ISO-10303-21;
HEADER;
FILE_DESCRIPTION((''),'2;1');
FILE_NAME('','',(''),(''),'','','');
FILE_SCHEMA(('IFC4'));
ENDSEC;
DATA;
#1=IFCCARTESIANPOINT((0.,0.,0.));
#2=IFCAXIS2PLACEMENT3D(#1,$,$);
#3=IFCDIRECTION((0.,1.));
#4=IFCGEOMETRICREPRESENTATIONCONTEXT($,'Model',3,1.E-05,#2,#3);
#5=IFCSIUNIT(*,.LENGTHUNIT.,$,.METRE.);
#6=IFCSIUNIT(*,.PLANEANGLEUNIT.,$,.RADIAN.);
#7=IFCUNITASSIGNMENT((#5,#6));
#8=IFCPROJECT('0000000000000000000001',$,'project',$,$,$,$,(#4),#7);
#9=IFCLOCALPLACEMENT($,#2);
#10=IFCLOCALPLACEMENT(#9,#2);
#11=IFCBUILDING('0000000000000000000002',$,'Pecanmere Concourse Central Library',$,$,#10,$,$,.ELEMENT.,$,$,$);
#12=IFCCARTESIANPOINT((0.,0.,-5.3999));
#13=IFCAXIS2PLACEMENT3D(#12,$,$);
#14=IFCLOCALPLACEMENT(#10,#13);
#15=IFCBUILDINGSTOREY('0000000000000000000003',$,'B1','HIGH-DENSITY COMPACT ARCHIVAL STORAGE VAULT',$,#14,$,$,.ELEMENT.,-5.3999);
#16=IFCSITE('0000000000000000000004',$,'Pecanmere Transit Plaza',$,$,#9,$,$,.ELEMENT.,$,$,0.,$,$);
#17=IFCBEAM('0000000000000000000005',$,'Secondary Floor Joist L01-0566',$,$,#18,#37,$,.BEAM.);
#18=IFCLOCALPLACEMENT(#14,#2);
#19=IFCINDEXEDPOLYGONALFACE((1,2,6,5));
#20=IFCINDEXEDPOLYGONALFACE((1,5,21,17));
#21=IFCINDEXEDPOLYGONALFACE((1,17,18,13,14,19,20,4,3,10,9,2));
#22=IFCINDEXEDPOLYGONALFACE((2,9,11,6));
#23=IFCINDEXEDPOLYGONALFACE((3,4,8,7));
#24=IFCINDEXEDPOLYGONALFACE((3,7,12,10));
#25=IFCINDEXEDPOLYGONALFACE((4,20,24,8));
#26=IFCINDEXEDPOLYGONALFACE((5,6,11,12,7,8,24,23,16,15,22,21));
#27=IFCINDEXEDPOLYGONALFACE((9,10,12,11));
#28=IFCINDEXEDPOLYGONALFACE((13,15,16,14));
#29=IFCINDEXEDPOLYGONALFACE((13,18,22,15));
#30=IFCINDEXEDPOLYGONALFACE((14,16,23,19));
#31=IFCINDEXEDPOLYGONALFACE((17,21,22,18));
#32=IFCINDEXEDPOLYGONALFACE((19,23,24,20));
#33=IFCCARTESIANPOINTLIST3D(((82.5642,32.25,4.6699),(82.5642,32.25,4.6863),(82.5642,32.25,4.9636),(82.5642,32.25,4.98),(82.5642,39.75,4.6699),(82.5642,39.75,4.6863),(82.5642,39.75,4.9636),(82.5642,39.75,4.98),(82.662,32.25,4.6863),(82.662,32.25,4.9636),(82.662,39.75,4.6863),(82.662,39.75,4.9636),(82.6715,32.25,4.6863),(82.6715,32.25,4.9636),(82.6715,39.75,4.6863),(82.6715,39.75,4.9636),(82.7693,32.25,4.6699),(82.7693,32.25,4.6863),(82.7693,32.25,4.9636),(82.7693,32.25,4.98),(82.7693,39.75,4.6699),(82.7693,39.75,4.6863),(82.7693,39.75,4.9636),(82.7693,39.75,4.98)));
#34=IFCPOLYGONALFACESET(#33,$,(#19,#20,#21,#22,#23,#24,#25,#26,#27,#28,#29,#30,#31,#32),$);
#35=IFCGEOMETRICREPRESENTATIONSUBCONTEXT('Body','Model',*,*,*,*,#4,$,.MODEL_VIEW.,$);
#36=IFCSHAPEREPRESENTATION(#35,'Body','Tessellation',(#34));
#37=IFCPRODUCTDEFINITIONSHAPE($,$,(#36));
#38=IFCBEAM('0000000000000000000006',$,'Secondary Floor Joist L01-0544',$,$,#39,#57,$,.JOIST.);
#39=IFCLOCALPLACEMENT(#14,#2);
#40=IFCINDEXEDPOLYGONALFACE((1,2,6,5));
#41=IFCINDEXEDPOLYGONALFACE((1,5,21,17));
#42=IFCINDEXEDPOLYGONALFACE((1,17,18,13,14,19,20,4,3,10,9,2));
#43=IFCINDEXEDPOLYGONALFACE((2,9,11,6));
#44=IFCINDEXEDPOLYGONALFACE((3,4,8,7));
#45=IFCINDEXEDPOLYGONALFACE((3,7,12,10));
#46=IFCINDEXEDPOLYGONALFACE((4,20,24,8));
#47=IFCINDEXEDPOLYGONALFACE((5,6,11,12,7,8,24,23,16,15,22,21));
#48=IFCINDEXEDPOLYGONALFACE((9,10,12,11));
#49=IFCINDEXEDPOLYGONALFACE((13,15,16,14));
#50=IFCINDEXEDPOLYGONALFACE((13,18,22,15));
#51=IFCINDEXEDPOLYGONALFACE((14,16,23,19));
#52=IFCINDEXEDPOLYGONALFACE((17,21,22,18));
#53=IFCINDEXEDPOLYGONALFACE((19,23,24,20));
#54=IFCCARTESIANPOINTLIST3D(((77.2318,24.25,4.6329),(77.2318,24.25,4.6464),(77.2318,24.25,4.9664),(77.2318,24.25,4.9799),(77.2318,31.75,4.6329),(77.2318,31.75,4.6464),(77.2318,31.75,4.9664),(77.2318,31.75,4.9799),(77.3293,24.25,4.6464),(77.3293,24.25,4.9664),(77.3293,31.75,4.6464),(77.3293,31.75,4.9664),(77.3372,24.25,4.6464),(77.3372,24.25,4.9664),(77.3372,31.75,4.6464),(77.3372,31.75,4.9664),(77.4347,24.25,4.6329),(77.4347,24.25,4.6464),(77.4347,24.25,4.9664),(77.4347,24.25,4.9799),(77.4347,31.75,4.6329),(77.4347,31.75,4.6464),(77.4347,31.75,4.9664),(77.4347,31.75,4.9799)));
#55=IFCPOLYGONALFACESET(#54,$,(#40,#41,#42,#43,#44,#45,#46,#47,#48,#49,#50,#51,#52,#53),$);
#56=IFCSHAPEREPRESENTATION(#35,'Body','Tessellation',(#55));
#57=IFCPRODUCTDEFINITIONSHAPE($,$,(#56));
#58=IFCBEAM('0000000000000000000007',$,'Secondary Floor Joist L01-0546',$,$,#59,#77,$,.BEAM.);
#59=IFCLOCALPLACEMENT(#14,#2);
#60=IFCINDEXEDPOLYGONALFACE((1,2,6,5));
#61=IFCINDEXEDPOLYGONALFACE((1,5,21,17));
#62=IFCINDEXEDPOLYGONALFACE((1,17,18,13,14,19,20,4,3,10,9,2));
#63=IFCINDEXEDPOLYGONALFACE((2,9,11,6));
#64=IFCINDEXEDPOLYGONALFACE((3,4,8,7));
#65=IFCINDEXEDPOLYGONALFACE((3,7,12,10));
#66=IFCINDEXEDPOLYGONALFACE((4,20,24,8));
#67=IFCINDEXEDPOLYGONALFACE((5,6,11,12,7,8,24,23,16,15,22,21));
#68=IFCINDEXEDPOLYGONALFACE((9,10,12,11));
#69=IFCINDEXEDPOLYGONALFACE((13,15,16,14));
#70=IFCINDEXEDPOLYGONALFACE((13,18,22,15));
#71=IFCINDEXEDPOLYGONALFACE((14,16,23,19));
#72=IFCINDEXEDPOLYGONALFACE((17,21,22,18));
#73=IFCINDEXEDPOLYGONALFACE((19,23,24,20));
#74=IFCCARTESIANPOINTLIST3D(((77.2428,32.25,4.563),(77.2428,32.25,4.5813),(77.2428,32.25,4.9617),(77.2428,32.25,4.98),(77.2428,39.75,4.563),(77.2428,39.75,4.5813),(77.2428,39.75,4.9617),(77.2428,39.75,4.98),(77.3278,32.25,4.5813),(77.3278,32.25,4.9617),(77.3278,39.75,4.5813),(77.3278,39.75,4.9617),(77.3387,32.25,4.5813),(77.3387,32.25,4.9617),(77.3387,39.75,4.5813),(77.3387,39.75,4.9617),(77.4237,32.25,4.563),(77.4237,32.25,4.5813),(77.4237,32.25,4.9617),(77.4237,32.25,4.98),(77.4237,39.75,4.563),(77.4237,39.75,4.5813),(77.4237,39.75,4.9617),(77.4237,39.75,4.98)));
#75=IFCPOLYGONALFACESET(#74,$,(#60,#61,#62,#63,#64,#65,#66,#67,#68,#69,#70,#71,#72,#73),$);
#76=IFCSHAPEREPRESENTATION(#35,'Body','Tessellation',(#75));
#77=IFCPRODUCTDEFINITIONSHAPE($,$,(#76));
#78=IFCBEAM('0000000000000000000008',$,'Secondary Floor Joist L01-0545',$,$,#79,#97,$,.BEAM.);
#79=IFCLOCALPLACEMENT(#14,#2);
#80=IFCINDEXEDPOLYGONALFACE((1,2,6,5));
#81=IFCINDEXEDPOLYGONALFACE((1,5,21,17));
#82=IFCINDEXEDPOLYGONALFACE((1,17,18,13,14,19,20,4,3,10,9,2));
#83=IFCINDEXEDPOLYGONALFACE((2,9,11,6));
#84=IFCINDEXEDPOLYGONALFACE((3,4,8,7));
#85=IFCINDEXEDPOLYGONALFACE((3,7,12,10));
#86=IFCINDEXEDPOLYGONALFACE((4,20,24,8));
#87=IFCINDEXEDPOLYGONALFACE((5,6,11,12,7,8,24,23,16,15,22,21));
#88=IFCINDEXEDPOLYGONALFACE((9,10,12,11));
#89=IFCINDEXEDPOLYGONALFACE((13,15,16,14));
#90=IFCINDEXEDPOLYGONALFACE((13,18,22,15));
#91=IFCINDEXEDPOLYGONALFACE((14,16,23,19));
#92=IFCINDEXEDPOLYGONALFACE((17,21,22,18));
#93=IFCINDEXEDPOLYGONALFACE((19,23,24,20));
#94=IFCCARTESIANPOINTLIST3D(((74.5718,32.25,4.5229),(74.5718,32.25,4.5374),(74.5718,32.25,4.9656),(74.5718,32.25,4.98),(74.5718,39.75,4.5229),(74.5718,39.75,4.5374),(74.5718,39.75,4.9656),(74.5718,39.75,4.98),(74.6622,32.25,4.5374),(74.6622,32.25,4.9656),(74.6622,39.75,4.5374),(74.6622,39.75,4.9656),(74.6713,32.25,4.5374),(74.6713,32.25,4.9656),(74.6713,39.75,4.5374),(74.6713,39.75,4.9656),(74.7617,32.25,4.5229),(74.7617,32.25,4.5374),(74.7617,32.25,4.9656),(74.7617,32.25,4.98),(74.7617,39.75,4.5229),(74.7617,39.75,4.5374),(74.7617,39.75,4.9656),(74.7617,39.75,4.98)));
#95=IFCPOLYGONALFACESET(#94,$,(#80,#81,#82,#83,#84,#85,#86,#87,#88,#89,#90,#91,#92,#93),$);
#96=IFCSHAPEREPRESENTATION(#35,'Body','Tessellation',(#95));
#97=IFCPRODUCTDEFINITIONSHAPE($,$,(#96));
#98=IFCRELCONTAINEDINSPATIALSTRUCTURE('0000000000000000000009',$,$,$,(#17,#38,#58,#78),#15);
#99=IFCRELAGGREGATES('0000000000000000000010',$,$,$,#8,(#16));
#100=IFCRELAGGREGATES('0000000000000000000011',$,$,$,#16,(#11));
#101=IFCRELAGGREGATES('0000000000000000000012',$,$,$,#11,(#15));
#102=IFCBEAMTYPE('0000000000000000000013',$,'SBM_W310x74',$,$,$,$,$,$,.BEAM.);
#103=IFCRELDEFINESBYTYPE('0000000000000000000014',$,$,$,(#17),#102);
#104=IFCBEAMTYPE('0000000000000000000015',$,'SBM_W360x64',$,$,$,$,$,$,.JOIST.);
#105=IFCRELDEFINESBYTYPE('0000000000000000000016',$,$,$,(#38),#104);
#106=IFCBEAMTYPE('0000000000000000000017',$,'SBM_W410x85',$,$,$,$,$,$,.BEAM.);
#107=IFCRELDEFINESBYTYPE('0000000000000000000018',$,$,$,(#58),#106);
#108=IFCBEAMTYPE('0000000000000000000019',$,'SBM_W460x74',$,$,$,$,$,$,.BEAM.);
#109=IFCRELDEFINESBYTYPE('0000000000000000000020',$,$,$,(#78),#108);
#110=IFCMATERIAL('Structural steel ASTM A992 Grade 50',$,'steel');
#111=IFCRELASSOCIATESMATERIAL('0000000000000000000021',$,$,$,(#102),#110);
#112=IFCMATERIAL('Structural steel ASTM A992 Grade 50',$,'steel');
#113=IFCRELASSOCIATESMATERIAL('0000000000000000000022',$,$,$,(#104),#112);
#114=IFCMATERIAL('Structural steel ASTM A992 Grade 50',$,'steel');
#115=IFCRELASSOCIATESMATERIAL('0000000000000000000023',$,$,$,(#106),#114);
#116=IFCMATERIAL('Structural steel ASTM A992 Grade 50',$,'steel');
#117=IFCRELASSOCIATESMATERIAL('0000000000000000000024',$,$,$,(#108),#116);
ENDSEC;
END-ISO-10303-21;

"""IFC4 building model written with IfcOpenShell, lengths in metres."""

from ifc_helpers import new_model, si_unit, direction, frame, origin, origin_2d, place, context, subcontext, project, spatial, i_section, extrude, material, material_profile, profile_set, type_object, element, save


model = new_model("IFC4")

# Units and contexts
model_context = context("Model", 3, precision=1e-05, world=origin(), true_north=direction((0.0, 1.0)))
body_context = subcontext(model_context, "Body", "Model", "MODEL_VIEW")
ifc_project = project(units=[si_unit("LENGTHUNIT", "METRE"), si_unit("PLANEANGLEUNIT", "RADIAN")], contexts=[model_context])

# Site, building, storey
site_placement = place(None, origin())
site = spatial("IfcSite", under=ifc_project, at=site_placement, Name="Pecanmere Transit Plaza", CompositionType="ELEMENT", RefElevation=0.0)
building_placement = place(site_placement, origin())
building = spatial("IfcBuilding", under=site, at=building_placement, Name="Pecanmere Concourse Central Library", CompositionType="ELEMENT")
storey_placement = place(building_placement, frame((0.0, 0.0, -5.3999)))
storey = spatial("IfcBuildingStorey", under=building, at=storey_placement, Name="B1", Description="HIGH-DENSITY COMPACT ARCHIVAL STORAGE VAULT", CompositionType="ELEMENT", Elevation=-5.3999)

# Beams
ifc_material_1 = material(Name="Structural steel ASTM A992 Grade 50", Category="steel")
ifc_material_profile_1 = material_profile(ifc_material_1, i_section(OverallWidth=0.2051, OverallDepth=0.3101, WebThickness=0.0095, FlangeThickness=0.0164, at=origin_2d()), Name="W310x74")
ifc_profile_set_1 = profile_set([ifc_material_profile_1], Name="Structural steel ASTM A992 Grade 50")
beam_type_1 = type_object("IfcBeamType", Name="SBM_W310x74", PredefinedType="BEAM", material=ifc_profile_set_1)
beam_1_placement = place(storey_placement, frame((82.6667, 32.25, 4.825), z_axis=(0.0, 1.0, 0.0), x_axis=(-1.0, 0.0, 0.0)))
element("IfcBeam", 1, at=beam_1_placement, inside=storey, type_object=beam_type_1, Name="Secondary Floor Joist L01-0566", PredefinedType="BEAM", context=body_context, shape_type="SweptSolid", body=[
    extrude(i_section(OverallWidth=0.2051, OverallDepth=0.3101, WebThickness=0.0095, FlangeThickness=0.0164, at=origin_2d()), origin(), (0.0, 0.0, 1.0), 7.5),
])
ifc_material_2 = material(Name="Structural steel ASTM A992 Grade 50", Category="steel")
ifc_material_profile_2 = material_profile(ifc_material_2, i_section(OverallWidth=0.2029, OverallDepth=0.3469, WebThickness=0.0078, FlangeThickness=0.0134, at=origin_2d()), Name="W360x64")
ifc_profile_set_2 = profile_set([ifc_material_profile_2], Name="Structural steel ASTM A992 Grade 50")
beam_type_2 = type_object("IfcBeamType", Name="SBM_W360x64", PredefinedType="JOIST", material=ifc_profile_set_2)
beam_2_placement = place(storey_placement, frame((77.3333, 24.25, 4.8064), z_axis=(0.0, 1.0, 0.0), x_axis=(-1.0, 0.0, 0.0)))
element("IfcBeam", 2, at=beam_2_placement, inside=storey, type_object=beam_type_2, Name="Secondary Floor Joist L01-0544", PredefinedType="JOIST", context=body_context, shape_type="SweptSolid", body=[
    extrude(i_section(OverallWidth=0.2029, OverallDepth=0.3469, WebThickness=0.0078, FlangeThickness=0.0134, at=origin_2d()), origin(), (0.0, 0.0, 1.0), 7.5),
])
ifc_material_3 = material(Name="Structural steel ASTM A992 Grade 50", Category="steel")
ifc_material_profile_3 = material_profile(ifc_material_3, i_section(OverallWidth=0.1809, OverallDepth=0.417, WebThickness=0.011, FlangeThickness=0.0183, at=origin_2d()), Name="W410x85")
ifc_profile_set_3 = profile_set([ifc_material_profile_3], Name="Structural steel ASTM A992 Grade 50")
beam_type_3 = type_object("IfcBeamType", Name="SBM_W410x85", PredefinedType="BEAM", material=ifc_profile_set_3)
beam_3_placement = place(storey_placement, frame((77.3333, 32.25, 4.7715), z_axis=(0.0, 1.0, 0.0), x_axis=(-1.0, 0.0, 0.0)))
element("IfcBeam", 3, at=beam_3_placement, inside=storey, type_object=beam_type_3, Name="Secondary Floor Joist L01-0546", PredefinedType="BEAM", context=body_context, shape_type="SweptSolid", body=[
    extrude(i_section(OverallWidth=0.1809, OverallDepth=0.417, WebThickness=0.011, FlangeThickness=0.0183, at=origin_2d()), origin(), (0.0, 0.0, 1.0), 7.5),
])
ifc_material_4 = material(Name="Structural steel ASTM A992 Grade 50", Category="steel")
ifc_material_profile_4 = material_profile(ifc_material_4, i_section(OverallWidth=0.1899, OverallDepth=0.457, WebThickness=0.009, FlangeThickness=0.0144, at=origin_2d()), Name="W460x74")
ifc_profile_set_4 = profile_set([ifc_material_profile_4], Name="Structural steel ASTM A992 Grade 50")
beam_type_4 = type_object("IfcBeamType", Name="SBM_W460x74", PredefinedType="BEAM", material=ifc_profile_set_4)
beam_4_placement = place(storey_placement, frame((74.6667, 32.25, 4.7515), z_axis=(0.0, 1.0, 0.0), x_axis=(-1.0, 0.0, 0.0)))
element("IfcBeam", 4, at=beam_4_placement, inside=storey, type_object=beam_type_4, Name="Secondary Floor Joist L01-0545", PredefinedType="BEAM", context=body_context, shape_type="SweptSolid", body=[
    extrude(i_section(OverallWidth=0.1899, OverallDepth=0.457, WebThickness=0.009, FlangeThickness=0.0144, at=origin_2d()), origin(), (0.0, 0.0, 1.0), 7.5),
])

save(model, "model.ifc")
